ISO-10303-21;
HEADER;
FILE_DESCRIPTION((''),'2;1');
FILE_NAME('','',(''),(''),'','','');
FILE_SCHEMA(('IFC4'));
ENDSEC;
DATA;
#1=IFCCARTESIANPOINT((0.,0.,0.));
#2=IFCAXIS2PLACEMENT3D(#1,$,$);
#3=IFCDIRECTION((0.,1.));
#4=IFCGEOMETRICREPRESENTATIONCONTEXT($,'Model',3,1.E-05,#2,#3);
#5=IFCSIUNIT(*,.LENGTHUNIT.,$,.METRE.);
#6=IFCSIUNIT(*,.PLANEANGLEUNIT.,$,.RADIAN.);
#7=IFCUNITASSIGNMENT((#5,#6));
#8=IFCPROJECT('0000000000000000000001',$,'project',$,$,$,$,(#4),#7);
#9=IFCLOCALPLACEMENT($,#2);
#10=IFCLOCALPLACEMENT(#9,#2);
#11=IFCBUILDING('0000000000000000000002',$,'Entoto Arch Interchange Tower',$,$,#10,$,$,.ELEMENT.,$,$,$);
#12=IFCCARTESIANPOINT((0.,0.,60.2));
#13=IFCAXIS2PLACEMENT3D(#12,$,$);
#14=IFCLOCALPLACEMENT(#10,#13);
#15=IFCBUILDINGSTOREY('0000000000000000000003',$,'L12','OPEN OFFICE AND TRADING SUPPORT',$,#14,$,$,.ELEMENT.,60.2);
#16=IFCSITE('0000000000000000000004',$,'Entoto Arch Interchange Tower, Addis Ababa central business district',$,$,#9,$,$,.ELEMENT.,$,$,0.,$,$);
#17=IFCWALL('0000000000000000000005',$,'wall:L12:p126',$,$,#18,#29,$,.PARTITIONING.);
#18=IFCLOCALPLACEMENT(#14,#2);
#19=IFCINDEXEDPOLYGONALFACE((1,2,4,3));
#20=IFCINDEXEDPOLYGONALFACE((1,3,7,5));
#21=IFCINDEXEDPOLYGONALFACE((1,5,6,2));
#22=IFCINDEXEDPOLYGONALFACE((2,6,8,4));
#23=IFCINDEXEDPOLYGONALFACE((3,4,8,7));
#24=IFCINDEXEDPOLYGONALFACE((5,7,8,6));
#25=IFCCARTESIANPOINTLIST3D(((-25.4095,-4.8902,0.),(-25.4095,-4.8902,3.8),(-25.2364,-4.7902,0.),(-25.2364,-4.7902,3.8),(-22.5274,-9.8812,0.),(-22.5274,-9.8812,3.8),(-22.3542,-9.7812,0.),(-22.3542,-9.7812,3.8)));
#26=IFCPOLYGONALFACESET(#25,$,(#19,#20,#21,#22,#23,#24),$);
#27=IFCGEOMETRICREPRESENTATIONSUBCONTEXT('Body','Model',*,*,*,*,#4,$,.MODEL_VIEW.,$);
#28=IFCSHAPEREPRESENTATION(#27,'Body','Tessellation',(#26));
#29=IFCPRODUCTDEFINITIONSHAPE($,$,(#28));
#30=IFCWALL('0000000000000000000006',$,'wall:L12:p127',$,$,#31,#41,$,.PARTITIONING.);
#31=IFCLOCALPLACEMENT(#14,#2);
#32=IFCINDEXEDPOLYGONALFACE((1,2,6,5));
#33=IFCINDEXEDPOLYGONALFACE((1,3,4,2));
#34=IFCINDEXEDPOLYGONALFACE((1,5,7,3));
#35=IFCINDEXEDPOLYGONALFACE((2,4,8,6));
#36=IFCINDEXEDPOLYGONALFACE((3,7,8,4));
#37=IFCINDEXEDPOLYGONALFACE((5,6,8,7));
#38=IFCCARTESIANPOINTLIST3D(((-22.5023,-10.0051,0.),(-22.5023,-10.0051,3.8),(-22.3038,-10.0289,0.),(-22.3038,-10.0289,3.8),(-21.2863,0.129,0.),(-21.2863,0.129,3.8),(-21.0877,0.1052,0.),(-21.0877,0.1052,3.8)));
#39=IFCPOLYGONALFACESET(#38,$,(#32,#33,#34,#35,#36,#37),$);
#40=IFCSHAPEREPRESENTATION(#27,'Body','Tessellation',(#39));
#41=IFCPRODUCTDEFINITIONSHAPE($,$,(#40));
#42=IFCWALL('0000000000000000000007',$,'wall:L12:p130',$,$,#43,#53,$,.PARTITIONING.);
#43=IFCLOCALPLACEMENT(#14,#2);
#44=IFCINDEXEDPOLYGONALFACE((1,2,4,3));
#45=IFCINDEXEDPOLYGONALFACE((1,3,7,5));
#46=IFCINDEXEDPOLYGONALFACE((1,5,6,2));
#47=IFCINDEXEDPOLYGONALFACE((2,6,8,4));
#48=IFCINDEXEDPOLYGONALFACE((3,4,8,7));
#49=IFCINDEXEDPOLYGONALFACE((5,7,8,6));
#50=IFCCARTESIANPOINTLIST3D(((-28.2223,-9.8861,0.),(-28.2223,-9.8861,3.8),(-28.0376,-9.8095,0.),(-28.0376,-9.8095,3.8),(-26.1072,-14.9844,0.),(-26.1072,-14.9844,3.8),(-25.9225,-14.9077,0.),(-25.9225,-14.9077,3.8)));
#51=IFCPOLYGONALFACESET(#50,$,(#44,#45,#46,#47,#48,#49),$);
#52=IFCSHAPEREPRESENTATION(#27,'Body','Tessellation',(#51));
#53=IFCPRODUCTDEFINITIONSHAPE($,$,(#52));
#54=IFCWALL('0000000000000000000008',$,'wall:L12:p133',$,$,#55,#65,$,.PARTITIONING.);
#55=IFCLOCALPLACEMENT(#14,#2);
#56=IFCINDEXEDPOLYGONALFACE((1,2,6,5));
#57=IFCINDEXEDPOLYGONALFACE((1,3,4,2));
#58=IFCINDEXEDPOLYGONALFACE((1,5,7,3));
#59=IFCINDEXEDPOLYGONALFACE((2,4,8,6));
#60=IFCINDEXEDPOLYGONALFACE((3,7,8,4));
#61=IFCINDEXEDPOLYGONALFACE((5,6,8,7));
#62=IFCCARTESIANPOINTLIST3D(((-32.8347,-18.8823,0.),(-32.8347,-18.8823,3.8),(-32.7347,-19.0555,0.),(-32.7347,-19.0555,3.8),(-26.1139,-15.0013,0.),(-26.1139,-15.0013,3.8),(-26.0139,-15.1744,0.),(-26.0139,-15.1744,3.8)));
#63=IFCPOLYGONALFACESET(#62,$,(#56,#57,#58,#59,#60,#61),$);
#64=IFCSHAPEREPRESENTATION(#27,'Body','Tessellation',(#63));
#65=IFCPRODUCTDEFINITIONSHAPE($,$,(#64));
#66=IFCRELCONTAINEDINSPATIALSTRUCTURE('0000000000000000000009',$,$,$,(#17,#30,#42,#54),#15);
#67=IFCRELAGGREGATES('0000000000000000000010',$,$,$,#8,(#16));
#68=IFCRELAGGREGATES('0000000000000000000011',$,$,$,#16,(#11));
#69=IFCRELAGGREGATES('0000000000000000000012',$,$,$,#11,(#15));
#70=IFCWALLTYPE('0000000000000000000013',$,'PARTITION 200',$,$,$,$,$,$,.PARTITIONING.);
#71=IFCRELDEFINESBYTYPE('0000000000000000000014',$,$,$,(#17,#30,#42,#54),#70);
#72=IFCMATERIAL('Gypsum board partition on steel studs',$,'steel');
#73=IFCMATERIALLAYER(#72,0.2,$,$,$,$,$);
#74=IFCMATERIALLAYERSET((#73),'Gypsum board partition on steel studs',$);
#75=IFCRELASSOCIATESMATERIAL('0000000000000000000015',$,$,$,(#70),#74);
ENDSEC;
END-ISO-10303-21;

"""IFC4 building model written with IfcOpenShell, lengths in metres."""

from ifc_helpers import new_model, si_unit, direction, frame, frame_2d, origin, place, context, subcontext, project, spatial, rectangle, extrude, material, layer, layer_set, type_object, element, save


model = new_model("IFC4")

# Units and contexts
model_context = context("Model", 3, precision=1e-05, world=origin(), true_north=direction((0.0, 1.0)))
body_context = subcontext(model_context, "Body", "Model", "MODEL_VIEW")
ifc_project = project(units=[si_unit("LENGTHUNIT", "METRE"), si_unit("PLANEANGLEUNIT", "RADIAN")], contexts=[model_context])

# Site, building, storey
site_placement = place(None, origin())
site = spatial("IfcSite", under=ifc_project, at=site_placement, Name="Entoto Arch Interchange Tower, Addis Ababa central business district", CompositionType="ELEMENT", RefElevation=0.0)
building_placement = place(site_placement, origin())
building = spatial("IfcBuilding", under=site, at=building_placement, Name="Entoto Arch Interchange Tower", CompositionType="ELEMENT")
storey_placement = place(building_placement, frame((0.0, 0.0, 60.2)))
storey = spatial("IfcBuildingStorey", under=building, at=storey_placement, Name="L12", Description="OPEN OFFICE AND TRADING SUPPORT", CompositionType="ELEMENT", Elevation=60.2)

# Shared definitions
ifc_material_1 = material(Name="Gypsum board partition on steel studs", Category="steel")
ifc_layer_1 = layer(ifc_material_1, 0.2)
ifc_layer_set_1 = layer_set([ifc_layer_1], Name="Gypsum board partition on steel studs")
wall_type_1 = type_object("IfcWallType", Name="PARTITION 200", PredefinedType="PARTITIONING", material=ifc_layer_set_1)

# Walls
wall_1_placement = place(storey_placement, frame((-25.323, -4.8401, 0.0), z_axis=(0.0, 0.0, 1.0), x_axis=(0.500071, -0.865985, 0.0)))
element("IfcWall", 1, at=wall_1_placement, inside=storey, type_object=wall_type_1, Name="wall:L12:p126", PredefinedType="PARTITIONING", context=body_context, shape_type="SweptSolid", body=[
    extrude(rectangle(XDim=5.7634, YDim=0.2, at=frame_2d((2.8818, 0.0))), origin(), (0.0, 0.0, 1.0), 3.8),
])
wall_2_placement = place(storey_placement, frame((-22.4031, -10.0171, 0.0), z_axis=(0.0, 0.0, 1.0), x_axis=(0.119143, 0.992877, 0.0)))
element("IfcWall", 2, at=wall_2_placement, inside=storey, type_object=wall_type_1, Name="wall:L12:p127", PredefinedType="PARTITIONING", context=body_context, shape_type="SweptSolid", body=[
    extrude(rectangle(XDim=10.2068, YDim=0.2, at=frame_2d((5.1035, 0.0))), origin(), (0.0, 0.0, 1.0), 3.8),
])
wall_3_placement = place(storey_placement, frame((-26.0149, -14.946, 0.0), z_axis=(0.0, 0.0, 1.0), x_axis=(-0.383189, 0.92367, 0.0)))
element("IfcWall", 3, at=wall_3_placement, inside=storey, type_object=wall_type_1, Name="wall:L12:p130", PredefinedType="PARTITIONING", context=body_context, shape_type="SweptSolid", body=[
    extrude(rectangle(XDim=5.5195, YDim=0.2, at=frame_2d((2.7598, 0.0))), origin(), (0.0, 0.0, 1.0), 3.8),
])
wall_4_placement = place(storey_placement, frame((-26.064, -15.0879, 0.0), z_axis=(0.0, 0.0, 1.0), x_axis=(-0.865983, -0.500074, 0.0)))
element("IfcWall", 4, at=wall_4_placement, inside=storey, type_object=wall_type_1, Name="wall:L12:p133", PredefinedType="PARTITIONING", context=body_context, shape_type="SweptSolid", body=[
    extrude(rectangle(XDim=7.761, YDim=0.2, at=frame_2d((3.8804, 0.0))), origin(), (0.0, 0.0, 1.0), 3.8),
])

save(model, "model.ifc")
